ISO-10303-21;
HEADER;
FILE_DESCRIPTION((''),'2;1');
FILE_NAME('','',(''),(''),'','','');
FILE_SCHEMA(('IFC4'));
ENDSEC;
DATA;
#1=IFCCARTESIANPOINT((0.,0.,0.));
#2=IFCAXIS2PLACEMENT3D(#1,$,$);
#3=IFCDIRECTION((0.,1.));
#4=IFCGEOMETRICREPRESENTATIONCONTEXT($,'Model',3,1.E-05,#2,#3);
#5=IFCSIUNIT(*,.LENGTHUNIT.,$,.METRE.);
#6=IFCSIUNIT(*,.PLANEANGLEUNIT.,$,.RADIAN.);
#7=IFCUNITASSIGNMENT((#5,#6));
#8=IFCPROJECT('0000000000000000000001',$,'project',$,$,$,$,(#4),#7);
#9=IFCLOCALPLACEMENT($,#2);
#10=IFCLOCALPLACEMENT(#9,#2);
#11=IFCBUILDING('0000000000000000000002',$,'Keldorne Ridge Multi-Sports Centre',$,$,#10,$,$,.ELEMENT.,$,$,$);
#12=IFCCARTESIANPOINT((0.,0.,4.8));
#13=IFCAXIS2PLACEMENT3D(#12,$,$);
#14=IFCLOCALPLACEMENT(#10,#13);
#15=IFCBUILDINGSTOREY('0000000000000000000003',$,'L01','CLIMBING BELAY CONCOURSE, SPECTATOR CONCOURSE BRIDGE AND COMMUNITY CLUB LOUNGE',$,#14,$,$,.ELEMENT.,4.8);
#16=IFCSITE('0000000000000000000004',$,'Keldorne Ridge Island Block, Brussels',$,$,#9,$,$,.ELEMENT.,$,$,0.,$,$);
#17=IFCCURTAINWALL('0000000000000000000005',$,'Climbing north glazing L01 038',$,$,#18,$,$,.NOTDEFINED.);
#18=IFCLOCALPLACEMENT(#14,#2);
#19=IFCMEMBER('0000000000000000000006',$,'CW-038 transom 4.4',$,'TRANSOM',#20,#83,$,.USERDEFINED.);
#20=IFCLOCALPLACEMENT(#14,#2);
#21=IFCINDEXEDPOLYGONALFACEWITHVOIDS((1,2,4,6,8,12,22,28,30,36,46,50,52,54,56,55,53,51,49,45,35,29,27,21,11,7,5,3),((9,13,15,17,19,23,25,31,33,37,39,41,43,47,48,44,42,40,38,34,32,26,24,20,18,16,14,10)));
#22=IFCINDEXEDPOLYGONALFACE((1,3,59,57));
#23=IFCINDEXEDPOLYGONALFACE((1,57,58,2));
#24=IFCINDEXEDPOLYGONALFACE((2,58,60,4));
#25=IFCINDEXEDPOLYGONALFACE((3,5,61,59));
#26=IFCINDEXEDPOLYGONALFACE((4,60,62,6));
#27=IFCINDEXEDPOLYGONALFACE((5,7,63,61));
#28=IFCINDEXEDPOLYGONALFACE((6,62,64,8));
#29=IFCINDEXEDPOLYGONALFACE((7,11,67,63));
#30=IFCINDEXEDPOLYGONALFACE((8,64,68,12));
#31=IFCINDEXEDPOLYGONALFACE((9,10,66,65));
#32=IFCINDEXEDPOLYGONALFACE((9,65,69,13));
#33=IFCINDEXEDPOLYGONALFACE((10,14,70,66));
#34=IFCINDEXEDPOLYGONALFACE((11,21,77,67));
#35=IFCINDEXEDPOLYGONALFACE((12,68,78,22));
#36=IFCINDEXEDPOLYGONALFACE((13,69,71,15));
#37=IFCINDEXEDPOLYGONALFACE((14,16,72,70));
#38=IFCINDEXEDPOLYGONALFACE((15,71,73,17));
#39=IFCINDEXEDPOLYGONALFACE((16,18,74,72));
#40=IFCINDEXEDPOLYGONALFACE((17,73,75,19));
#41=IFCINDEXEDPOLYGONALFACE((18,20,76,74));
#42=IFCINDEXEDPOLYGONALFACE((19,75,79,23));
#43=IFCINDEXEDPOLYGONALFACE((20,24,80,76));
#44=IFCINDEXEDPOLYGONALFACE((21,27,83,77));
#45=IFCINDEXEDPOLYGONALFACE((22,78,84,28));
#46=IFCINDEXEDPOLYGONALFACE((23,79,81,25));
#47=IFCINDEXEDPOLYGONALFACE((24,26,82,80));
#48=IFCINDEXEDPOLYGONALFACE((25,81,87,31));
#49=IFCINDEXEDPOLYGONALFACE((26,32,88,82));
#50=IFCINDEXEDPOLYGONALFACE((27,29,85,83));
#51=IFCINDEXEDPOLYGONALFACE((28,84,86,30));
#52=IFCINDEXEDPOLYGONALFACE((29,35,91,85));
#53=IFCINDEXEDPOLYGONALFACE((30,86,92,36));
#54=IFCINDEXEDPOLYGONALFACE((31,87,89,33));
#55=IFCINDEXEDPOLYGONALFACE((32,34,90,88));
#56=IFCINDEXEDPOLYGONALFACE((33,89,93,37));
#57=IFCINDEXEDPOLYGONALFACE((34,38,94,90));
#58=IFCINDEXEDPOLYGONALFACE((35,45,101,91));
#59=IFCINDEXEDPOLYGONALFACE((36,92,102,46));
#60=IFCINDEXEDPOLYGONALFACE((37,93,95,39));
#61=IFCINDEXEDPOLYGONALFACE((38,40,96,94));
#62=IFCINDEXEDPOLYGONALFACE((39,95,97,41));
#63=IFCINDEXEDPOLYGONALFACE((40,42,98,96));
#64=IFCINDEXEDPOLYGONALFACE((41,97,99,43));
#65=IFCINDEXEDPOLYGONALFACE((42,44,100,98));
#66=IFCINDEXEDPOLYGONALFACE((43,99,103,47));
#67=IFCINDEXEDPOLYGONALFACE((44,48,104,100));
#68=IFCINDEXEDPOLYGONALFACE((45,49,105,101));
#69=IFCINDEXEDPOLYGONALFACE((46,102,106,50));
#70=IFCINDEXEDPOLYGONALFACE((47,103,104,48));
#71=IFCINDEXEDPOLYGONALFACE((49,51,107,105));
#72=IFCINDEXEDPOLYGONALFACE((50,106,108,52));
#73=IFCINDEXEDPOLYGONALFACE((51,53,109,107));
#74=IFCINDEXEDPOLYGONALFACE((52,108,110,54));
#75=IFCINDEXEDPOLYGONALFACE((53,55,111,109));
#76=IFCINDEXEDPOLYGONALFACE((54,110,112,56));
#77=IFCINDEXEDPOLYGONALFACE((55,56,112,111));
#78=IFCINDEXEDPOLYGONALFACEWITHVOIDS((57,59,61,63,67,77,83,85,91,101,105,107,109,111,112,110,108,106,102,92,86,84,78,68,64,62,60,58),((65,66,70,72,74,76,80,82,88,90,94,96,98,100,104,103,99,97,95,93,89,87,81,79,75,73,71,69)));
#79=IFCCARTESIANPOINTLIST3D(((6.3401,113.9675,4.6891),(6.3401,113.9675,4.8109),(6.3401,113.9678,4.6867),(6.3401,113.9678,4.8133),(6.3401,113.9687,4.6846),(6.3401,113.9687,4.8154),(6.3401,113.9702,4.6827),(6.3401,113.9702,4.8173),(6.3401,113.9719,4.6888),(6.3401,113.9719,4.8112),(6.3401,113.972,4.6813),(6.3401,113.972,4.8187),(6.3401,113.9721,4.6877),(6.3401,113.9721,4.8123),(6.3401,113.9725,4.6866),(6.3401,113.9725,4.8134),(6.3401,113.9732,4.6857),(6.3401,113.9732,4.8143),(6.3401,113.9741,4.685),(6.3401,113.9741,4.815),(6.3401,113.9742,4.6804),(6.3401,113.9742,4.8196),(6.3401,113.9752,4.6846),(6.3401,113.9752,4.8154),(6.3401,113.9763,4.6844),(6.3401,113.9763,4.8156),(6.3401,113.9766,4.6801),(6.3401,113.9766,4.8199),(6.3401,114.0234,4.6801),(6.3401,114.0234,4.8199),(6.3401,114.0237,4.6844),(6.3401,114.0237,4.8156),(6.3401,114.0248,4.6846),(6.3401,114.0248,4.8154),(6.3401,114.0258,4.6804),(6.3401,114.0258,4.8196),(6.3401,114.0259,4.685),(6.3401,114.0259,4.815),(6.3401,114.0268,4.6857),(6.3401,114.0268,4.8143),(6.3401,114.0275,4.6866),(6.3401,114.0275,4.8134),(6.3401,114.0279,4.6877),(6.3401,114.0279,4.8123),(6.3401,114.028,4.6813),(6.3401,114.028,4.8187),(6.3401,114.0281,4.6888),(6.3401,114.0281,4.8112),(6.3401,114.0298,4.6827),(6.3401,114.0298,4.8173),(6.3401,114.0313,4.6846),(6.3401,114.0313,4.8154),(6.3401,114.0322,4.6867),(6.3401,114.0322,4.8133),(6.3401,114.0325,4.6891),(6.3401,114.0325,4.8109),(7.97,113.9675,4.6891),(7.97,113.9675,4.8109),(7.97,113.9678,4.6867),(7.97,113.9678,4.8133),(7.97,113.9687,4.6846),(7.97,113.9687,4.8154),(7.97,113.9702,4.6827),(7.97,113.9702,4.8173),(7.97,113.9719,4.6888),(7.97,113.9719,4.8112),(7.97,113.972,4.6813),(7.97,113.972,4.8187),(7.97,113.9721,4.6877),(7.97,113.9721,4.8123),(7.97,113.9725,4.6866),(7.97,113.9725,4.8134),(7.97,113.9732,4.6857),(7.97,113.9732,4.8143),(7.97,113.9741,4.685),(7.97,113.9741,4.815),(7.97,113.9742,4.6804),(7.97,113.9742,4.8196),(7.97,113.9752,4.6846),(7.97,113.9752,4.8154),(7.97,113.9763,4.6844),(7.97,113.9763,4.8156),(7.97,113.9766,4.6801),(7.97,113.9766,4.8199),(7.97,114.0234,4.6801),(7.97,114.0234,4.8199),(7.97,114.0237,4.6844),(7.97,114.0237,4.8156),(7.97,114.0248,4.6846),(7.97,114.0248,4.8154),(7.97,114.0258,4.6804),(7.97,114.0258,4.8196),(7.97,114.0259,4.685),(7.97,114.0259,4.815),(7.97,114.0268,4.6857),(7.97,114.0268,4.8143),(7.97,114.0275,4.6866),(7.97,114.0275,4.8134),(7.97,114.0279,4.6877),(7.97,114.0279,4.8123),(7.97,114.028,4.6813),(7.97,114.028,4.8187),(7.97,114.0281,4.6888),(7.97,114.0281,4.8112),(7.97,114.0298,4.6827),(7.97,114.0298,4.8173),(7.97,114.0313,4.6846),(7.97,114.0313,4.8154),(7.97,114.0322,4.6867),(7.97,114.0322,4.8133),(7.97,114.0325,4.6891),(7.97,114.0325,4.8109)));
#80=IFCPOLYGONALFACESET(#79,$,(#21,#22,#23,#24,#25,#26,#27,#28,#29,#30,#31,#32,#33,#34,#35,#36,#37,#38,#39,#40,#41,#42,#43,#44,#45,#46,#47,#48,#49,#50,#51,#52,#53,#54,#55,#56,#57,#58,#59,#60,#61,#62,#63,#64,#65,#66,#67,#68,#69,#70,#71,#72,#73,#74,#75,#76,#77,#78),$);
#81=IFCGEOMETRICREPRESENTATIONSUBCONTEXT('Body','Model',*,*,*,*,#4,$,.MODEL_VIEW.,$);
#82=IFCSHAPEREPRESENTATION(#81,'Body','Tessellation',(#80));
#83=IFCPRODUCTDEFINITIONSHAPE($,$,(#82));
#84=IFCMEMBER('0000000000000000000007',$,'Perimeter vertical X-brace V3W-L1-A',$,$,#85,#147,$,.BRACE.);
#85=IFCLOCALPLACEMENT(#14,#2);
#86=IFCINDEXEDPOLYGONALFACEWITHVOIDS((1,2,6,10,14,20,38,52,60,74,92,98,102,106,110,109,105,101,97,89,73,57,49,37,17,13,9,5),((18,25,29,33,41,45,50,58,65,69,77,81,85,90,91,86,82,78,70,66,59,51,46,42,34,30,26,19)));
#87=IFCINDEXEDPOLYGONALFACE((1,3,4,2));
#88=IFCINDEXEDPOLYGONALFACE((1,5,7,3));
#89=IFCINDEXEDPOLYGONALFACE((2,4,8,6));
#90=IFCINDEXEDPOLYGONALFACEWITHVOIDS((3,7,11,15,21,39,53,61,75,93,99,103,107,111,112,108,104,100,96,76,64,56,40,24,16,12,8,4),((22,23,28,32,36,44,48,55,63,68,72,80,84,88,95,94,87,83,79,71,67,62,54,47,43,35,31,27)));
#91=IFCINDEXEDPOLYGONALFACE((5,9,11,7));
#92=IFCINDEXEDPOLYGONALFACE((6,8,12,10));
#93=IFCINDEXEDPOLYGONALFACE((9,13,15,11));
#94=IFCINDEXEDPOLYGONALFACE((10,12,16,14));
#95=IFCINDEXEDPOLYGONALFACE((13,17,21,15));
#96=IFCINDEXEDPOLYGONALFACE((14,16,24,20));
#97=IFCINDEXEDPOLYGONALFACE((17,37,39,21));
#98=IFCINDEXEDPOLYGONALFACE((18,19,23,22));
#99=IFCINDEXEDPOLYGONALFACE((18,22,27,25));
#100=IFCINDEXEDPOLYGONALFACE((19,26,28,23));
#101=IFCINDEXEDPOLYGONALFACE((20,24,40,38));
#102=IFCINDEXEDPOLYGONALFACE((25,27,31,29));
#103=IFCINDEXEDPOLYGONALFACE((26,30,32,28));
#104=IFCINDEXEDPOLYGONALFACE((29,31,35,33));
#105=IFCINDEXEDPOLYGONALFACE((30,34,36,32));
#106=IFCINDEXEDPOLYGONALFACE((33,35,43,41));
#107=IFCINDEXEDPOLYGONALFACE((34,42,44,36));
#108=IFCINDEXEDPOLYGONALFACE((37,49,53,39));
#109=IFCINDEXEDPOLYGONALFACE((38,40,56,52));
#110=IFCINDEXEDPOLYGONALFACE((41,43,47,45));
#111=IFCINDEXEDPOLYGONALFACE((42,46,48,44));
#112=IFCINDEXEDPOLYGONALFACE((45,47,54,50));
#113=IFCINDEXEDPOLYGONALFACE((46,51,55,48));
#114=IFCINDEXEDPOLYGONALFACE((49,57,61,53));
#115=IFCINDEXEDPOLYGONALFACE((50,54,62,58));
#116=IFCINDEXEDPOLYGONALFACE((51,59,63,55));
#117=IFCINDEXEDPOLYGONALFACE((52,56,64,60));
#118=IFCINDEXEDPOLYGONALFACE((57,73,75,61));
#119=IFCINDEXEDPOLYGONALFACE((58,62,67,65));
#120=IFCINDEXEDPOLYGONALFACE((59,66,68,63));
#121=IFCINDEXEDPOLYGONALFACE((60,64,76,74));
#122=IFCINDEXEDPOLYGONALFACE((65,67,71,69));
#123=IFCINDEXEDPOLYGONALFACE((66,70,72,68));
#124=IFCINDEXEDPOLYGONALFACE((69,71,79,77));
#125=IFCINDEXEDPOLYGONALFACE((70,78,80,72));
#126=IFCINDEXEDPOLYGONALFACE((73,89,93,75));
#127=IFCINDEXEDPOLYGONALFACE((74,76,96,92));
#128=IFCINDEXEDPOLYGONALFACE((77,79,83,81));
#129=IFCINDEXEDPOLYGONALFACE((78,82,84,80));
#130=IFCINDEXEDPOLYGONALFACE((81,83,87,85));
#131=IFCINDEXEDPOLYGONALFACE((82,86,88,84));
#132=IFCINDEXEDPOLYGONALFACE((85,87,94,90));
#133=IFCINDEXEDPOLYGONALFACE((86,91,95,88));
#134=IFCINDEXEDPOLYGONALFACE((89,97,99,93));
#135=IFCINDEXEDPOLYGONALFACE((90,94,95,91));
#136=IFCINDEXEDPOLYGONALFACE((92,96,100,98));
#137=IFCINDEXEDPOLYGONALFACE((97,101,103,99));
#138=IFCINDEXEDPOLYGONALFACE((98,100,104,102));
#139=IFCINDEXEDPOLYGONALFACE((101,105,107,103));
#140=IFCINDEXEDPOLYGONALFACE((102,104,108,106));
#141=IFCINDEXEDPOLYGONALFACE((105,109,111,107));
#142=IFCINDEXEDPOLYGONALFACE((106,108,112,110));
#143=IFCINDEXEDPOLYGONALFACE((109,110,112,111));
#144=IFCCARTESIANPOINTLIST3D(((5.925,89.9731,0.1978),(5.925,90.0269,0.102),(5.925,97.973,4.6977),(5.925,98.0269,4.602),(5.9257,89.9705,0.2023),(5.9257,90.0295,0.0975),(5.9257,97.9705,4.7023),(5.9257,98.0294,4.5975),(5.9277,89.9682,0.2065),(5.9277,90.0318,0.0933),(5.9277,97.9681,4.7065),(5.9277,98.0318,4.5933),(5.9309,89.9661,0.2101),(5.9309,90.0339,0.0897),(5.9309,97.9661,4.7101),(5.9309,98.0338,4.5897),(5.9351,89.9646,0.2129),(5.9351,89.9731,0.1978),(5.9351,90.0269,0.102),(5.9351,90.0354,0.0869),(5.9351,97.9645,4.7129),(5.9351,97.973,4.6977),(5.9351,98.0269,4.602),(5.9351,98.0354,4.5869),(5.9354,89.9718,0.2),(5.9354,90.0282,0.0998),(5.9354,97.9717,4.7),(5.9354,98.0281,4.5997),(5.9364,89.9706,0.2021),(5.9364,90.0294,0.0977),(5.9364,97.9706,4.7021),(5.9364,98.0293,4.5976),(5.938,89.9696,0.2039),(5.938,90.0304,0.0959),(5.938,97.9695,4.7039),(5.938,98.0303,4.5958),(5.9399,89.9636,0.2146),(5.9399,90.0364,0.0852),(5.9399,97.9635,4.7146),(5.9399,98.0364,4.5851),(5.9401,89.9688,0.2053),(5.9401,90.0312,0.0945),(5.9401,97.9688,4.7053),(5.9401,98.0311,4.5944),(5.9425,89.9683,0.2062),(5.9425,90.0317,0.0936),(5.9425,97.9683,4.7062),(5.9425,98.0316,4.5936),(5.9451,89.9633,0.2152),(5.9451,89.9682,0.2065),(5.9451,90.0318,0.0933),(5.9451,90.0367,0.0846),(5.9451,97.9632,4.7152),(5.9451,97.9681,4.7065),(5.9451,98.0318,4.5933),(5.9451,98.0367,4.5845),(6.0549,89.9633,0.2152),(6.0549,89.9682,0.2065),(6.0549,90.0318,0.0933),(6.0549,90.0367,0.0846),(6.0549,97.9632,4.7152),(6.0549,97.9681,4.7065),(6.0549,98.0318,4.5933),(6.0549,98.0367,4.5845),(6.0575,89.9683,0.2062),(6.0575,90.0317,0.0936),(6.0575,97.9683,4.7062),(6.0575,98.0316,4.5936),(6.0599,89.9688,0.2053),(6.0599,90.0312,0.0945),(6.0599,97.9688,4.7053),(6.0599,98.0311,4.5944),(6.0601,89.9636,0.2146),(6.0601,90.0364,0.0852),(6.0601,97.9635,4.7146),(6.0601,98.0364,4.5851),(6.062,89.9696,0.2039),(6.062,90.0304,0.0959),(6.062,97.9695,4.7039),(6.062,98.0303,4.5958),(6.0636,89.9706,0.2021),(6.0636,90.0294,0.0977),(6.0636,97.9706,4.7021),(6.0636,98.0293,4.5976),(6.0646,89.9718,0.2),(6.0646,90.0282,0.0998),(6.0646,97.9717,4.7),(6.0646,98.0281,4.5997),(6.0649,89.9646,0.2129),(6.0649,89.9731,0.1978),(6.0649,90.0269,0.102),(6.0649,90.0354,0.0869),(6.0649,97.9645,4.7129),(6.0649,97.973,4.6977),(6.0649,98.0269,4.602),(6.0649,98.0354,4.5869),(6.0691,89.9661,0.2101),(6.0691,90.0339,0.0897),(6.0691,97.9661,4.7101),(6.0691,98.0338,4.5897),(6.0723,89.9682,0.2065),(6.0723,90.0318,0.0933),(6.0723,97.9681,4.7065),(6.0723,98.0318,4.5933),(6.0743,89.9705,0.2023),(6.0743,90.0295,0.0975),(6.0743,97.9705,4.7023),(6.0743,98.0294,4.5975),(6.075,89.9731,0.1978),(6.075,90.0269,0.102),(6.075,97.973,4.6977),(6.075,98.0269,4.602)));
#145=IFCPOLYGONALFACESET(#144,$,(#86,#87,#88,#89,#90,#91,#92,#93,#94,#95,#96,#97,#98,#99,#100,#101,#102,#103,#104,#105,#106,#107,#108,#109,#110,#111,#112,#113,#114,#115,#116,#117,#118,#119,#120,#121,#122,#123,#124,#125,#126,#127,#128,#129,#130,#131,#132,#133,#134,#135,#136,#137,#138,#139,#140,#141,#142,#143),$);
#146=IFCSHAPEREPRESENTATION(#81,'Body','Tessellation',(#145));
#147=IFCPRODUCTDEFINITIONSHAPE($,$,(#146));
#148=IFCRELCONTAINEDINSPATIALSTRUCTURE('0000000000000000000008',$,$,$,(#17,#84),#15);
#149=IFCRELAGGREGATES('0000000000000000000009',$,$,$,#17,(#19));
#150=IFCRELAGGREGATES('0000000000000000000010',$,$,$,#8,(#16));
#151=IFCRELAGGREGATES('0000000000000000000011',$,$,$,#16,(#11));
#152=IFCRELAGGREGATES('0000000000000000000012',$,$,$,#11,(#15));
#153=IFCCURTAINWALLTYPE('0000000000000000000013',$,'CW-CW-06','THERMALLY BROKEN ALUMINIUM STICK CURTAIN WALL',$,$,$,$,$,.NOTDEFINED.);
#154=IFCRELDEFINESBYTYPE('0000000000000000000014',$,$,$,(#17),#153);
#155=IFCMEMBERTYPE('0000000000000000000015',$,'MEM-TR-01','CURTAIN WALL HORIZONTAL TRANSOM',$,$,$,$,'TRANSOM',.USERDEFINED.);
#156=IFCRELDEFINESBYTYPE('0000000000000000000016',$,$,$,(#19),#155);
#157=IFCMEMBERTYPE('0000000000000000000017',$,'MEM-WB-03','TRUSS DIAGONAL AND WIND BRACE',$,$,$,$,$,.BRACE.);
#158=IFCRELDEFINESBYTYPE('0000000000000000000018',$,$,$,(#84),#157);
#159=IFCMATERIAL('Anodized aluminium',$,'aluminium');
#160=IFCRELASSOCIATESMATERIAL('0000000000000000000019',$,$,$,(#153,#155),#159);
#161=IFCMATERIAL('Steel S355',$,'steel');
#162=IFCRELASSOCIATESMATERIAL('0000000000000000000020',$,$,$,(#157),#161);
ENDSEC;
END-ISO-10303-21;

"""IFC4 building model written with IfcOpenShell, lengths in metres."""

from ifc_helpers import new_model, si_unit, direction, frame, origin, origin_2d, place, context, subcontext, project, spatial, hollow_rectangle, extrude, material, material_profile, profile_set, type_object, element, aggregate, save


model = new_model("IFC4")

# Units and contexts
model_context = context("Model", 3, precision=1e-05, world=origin(), true_north=direction((0.0, 1.0)))
body_context = subcontext(model_context, "Body", "Model", "MODEL_VIEW")
ifc_project = project(units=[si_unit("LENGTHUNIT", "METRE"), si_unit("PLANEANGLEUNIT", "RADIAN")], contexts=[model_context])

# Site, building, storey
site_placement = place(None, origin())
site = spatial("IfcSite", under=ifc_project, at=site_placement, Name="Keldorne Ridge Island Block, Brussels", CompositionType="ELEMENT", RefElevation=0.0)
building_placement = place(site_placement, origin())
building = spatial("IfcBuilding", under=site, at=building_placement, Name="Keldorne Ridge Multi-Sports Centre", CompositionType="ELEMENT")
storey_placement = place(building_placement, frame((0.0, 0.0, 4.8)))
storey = spatial("IfcBuildingStorey", under=building, at=storey_placement, Name="L01", Description="CLIMBING BELAY CONCOURSE, SPECTATOR CONCOURSE BRIDGE AND COMMUNITY CLUB LOUNGE", CompositionType="ELEMENT", Elevation=4.8)

# Shared definitions
ifc_material_1 = material(Name="Steel S355", Category="steel")

# Curtain wall, member
ifc_material_2 = material(Name="Anodized aluminium", Category="aluminium")
curtain_wall_type = type_object("IfcCurtainWallType", Name="CW-CW-06", Description="THERMALLY BROKEN ALUMINIUM STICK CURTAIN WALL", PredefinedType="NOTDEFINED", material=ifc_material_2)
curtain_wall_placement = place(storey_placement, origin())
curtain_wall = element("IfcCurtainWall", 1, at=curtain_wall_placement, inside=storey, type_object=curtain_wall_type, Name="Climbing north glazing L01 038", PredefinedType="NOTDEFINED")
ifc_material_profile_1 = material_profile(ifc_material_2, hollow_rectangle(XDim=0.0649, YDim=0.1399, WallThickness=0.0044, InnerFilletRadius=0.0044, OuterFilletRadius=0.009, at=origin_2d()), Name="ALU TRANSOM 140x65x4.5")
ifc_profile_set_1 = profile_set([ifc_material_profile_1], Name="Anodized aluminium")
member_type_1 = type_object("IfcMemberType", Name="MEM-TR-01", Description="CURTAIN WALL HORIZONTAL TRANSOM", ElementType="TRANSOM", PredefinedType="USERDEFINED", material=ifc_profile_set_1)
member_1_placement = place(storey_placement, frame((7.97, 114.0, 4.75), z_axis=(-1.0, 0.0, 0.0), x_axis=(0.0, -1.0, 0.0)))
member_1 = element("IfcMember", 2, at=member_1_placement, type_object=member_type_1, Name="CW-038 transom 4.4", ObjectType="TRANSOM", PredefinedType="USERDEFINED", context=body_context, shape_type="SweptSolid", body=[
    extrude(hollow_rectangle(XDim=0.0649, YDim=0.1399, WallThickness=0.0044, InnerFilletRadius=0.0044, OuterFilletRadius=0.009, at=origin_2d()), origin(), (0.0, 0.0, 1.0), 1.6299),
])

# Member
ifc_material_profile_2 = material_profile(ifc_material_1, hollow_rectangle(XDim=0.1499, YDim=0.1499, WallThickness=0.01, InnerFilletRadius=0.01, OuterFilletRadius=0.02, at=origin_2d()), Name="SHS 150x150x10")
ifc_profile_set_2 = profile_set([ifc_material_profile_2], Name="Steel S355")
member_type_2 = type_object("IfcMemberType", Name="MEM-WB-03", Description="TRUSS DIAGONAL AND WIND BRACE", PredefinedType="BRACE", material=ifc_profile_set_2)
for number, where, z_axis, x_axis, name in (
    (3, (6.0, 90.0, 0.1499), (0.0, 0.871576, 0.490261), (-1.0, 0.0, 0.0), "Perimeter vertical X-brace V3W-L1-A"),
):
    element("IfcMember", number, at=place(storey_placement, frame(where, z_axis=z_axis, x_axis=x_axis)), inside=storey, type_object=member_type_2, Name=name, PredefinedType="BRACE", context=body_context, shape_type="SweptSolid", body=[
        extrude(hollow_rectangle(XDim=0.1499, YDim=0.1499, WallThickness=0.01, InnerFilletRadius=0.01, OuterFilletRadius=0.02, at=origin_2d()), origin(), (0.0, 0.0, 1.0), 9.1787),
    ])

aggregate(curtain_wall, [member_1])

save(model, "model.ifc")
